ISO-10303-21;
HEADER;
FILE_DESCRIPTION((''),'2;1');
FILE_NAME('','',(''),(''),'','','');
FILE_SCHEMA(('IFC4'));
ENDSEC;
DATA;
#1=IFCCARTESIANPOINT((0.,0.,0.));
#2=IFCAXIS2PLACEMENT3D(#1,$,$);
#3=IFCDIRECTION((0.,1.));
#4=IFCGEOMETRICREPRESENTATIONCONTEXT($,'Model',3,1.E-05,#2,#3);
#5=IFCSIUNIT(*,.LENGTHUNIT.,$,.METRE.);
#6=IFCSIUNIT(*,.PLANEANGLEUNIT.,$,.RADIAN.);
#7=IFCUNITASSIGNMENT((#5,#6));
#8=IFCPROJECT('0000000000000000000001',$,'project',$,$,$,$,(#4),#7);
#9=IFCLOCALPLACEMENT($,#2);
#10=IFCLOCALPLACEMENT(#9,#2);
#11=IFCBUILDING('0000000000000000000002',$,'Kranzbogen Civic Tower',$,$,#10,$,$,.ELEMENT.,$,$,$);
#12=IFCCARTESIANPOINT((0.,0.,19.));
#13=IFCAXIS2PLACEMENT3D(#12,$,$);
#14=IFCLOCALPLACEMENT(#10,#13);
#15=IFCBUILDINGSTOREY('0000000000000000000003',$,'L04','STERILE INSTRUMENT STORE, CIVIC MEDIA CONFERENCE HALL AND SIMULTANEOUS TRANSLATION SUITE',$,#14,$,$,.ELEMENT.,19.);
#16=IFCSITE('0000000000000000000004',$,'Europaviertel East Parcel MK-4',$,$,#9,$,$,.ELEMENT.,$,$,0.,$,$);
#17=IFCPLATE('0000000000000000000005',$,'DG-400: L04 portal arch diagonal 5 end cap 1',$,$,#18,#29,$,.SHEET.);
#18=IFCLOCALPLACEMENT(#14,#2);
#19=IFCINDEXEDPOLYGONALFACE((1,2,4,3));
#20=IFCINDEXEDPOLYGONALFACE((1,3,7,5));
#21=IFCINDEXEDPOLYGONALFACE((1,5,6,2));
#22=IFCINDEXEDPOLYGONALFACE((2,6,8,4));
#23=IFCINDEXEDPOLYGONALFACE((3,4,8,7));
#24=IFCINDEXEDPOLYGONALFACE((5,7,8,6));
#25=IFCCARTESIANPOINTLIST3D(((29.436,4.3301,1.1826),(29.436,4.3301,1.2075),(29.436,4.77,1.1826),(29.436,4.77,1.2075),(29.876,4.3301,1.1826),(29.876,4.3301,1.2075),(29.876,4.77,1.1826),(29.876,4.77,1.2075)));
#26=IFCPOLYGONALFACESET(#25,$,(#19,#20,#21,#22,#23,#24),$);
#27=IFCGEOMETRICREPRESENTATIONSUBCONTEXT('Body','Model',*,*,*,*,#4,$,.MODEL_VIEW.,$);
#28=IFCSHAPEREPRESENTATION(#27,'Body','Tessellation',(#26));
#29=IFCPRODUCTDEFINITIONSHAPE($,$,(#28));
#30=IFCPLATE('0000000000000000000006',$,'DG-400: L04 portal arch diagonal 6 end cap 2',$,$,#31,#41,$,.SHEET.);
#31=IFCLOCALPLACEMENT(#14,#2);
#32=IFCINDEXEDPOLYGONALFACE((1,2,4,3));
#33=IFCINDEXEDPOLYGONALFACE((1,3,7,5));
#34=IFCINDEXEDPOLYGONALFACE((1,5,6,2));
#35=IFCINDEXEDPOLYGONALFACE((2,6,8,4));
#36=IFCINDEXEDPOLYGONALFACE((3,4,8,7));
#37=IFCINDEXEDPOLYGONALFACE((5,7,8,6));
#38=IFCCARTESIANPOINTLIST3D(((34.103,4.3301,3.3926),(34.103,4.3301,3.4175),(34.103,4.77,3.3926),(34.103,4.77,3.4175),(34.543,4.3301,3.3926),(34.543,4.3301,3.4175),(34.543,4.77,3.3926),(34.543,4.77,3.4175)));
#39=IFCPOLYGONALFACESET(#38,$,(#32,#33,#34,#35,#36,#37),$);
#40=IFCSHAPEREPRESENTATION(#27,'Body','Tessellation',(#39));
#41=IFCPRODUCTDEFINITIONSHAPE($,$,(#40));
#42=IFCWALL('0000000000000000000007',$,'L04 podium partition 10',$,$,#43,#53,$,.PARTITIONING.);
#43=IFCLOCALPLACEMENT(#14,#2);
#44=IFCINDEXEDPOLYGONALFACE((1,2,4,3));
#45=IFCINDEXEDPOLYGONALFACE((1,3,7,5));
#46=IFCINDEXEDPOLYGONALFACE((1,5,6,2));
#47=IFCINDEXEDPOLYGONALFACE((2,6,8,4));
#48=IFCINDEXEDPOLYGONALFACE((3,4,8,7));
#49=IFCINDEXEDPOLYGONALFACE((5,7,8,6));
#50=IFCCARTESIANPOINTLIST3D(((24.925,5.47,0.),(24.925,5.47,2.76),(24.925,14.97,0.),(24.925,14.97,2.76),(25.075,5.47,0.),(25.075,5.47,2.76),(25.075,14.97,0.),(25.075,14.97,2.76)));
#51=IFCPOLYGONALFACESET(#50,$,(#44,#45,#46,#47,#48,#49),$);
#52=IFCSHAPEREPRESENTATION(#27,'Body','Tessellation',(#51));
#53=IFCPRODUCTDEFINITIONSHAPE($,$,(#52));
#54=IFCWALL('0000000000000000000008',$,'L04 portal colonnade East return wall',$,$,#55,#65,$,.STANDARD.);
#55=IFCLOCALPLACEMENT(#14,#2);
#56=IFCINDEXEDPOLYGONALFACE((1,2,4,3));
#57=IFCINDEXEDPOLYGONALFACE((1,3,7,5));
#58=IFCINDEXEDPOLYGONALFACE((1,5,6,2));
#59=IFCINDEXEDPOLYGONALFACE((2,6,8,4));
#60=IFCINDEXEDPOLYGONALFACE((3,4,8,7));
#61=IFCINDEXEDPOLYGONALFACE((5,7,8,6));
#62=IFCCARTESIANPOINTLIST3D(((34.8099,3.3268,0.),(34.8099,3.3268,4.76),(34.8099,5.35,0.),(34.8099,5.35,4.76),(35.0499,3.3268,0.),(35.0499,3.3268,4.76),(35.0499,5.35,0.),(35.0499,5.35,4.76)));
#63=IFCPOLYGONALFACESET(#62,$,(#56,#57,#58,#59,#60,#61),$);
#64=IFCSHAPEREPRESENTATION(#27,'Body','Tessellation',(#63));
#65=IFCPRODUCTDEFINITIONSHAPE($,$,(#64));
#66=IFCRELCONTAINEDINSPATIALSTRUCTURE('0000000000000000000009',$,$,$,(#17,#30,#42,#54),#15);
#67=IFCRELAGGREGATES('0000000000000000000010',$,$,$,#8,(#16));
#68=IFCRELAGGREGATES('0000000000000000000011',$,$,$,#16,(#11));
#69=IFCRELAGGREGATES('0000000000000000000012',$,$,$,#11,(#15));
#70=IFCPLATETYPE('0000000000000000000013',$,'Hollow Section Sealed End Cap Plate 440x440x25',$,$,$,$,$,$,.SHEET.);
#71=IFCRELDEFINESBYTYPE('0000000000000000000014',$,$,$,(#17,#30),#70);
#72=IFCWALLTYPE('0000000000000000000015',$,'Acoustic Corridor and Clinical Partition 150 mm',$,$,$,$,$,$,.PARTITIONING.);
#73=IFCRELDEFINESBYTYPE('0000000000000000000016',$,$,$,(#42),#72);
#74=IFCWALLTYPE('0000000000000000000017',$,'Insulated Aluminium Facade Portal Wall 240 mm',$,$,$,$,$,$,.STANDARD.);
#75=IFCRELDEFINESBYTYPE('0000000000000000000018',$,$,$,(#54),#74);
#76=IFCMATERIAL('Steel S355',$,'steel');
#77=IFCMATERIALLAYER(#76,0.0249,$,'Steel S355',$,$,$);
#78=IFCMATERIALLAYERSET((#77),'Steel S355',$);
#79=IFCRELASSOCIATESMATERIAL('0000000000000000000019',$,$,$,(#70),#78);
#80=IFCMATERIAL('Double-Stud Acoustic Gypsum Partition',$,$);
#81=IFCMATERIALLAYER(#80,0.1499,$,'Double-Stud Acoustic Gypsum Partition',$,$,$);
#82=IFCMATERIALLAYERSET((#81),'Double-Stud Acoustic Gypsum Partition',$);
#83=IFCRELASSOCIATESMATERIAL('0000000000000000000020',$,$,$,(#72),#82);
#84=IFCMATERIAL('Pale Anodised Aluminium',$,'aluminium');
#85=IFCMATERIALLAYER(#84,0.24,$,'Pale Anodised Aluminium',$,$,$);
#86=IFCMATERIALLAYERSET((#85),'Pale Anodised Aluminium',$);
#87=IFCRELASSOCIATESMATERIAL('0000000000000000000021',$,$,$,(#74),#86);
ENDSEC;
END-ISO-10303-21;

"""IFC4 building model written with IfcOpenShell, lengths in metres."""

from ifc_helpers import new_model, si_unit, direction, frame, frame_2d, origin, origin_2d, place, context, subcontext, project, spatial, rectangle, extrude, material, layer, layer_set, type_object, element, save


model = new_model("IFC4")

# Units and contexts
model_context = context("Model", 3, precision=1e-05, world=origin(), true_north=direction((0.0, 1.0)))
body_context = subcontext(model_context, "Body", "Model", "MODEL_VIEW")
ifc_project = project(units=[si_unit("LENGTHUNIT", "METRE"), si_unit("PLANEANGLEUNIT", "RADIAN")], contexts=[model_context])

# Site, building, storey
site_placement = place(None, origin())
site = spatial("IfcSite", under=ifc_project, at=site_placement, Name="Europaviertel East Parcel MK-4", CompositionType="ELEMENT", RefElevation=0.0)
building_placement = place(site_placement, origin())
building = spatial("IfcBuilding", under=site, at=building_placement, Name="Kranzbogen Civic Tower", CompositionType="ELEMENT")
storey_placement = place(building_placement, frame((0.0, 0.0, 19.0)))
storey = spatial("IfcBuildingStorey", under=building, at=storey_placement, Name="L04", Description="STERILE INSTRUMENT STORE, CIVIC MEDIA CONFERENCE HALL AND SIMULTANEOUS TRANSLATION SUITE", CompositionType="ELEMENT", Elevation=19.0)

# Shared definitions
ifc_material_1 = material(Name="Pale Anodised Aluminium", Category="aluminium")

# Plates
ifc_material_2 = material(Name="Steel S355", Category="steel")
ifc_layer_1 = layer(ifc_material_2, 0.0249, Name="Steel S355")
ifc_layer_set_1 = layer_set([ifc_layer_1], Name="Steel S355")
plate_type = type_object("IfcPlateType", Name="Hollow Section Sealed End Cap Plate 440x440x25", PredefinedType="SHEET", material=ifc_layer_set_1)
for number, where, z_axis, x_axis, name in (
    (1, (29.656, 4.55, 1.1826), (0.0, 0.0, 1.0), (1.0, 0.0, 0.0), "DG-400: L04 portal arch diagonal 5 end cap 1"),
    (2, (34.323, 4.55, 3.3926), (0.0, 0.0, 1.0), (-1.0, 0.0, 0.0), "DG-400: L04 portal arch diagonal 6 end cap 2"),
):
    element("IfcPlate", number, at=place(storey_placement, frame(where, z_axis=z_axis, x_axis=x_axis)), inside=storey, type_object=plate_type, Name=name, PredefinedType="SHEET", context=body_context, shape_type="SweptSolid", body=[
        extrude(rectangle(XDim=0.4399, YDim=0.4399, at=origin_2d()), origin(), (0.0, 0.0, 1.0), 0.0249),
    ])

# Walls
ifc_material_3 = material(Name="Double-Stud Acoustic Gypsum Partition")
ifc_layer_2 = layer(ifc_material_3, 0.1499, Name="Double-Stud Acoustic Gypsum Partition")
ifc_layer_set_2 = layer_set([ifc_layer_2], Name="Double-Stud Acoustic Gypsum Partition")
wall_type_1 = type_object("IfcWallType", Name="Acoustic Corridor and Clinical Partition 150 mm", PredefinedType="PARTITIONING", material=ifc_layer_set_2)
wall_1_placement = place(storey_placement, frame((25.0, 5.47, 0.0), z_axis=(0.0, 0.0, 1.0), x_axis=(0.0, 1.0, 0.0)))
element("IfcWall", 3, at=wall_1_placement, inside=storey, type_object=wall_type_1, Name="L04 podium partition 10", PredefinedType="PARTITIONING", context=body_context, shape_type="SweptSolid", body=[
    extrude(rectangle(XDim=9.5, YDim=0.1499, at=frame_2d((4.75, 0.0))), origin(), (0.0, 0.0, 1.0), 2.76),
])
ifc_layer_3 = layer(ifc_material_1, 0.24, Name="Pale Anodised Aluminium")
ifc_layer_set_3 = layer_set([ifc_layer_3], Name="Pale Anodised Aluminium")
wall_type_2 = type_object("IfcWallType", Name="Insulated Aluminium Facade Portal Wall 240 mm", PredefinedType="STANDARD", material=ifc_layer_set_3)
wall_2_placement = place(storey_placement, frame((34.9299, 5.3501, 0.0), z_axis=(0.0, 0.0, 1.0), x_axis=(0.0, -1.0, 0.0)))
element("IfcWall", 4, at=wall_2_placement, inside=storey, type_object=wall_type_2, Name="L04 portal colonnade East return wall", PredefinedType="STANDARD", context=body_context, shape_type="SweptSolid", body=[
    extrude(rectangle(XDim=2.0232, YDim=0.24, at=frame_2d((1.0117, 0.0))), origin(), (0.0, 0.0, 1.0), 4.76),
])

save(model, "model.ifc")
